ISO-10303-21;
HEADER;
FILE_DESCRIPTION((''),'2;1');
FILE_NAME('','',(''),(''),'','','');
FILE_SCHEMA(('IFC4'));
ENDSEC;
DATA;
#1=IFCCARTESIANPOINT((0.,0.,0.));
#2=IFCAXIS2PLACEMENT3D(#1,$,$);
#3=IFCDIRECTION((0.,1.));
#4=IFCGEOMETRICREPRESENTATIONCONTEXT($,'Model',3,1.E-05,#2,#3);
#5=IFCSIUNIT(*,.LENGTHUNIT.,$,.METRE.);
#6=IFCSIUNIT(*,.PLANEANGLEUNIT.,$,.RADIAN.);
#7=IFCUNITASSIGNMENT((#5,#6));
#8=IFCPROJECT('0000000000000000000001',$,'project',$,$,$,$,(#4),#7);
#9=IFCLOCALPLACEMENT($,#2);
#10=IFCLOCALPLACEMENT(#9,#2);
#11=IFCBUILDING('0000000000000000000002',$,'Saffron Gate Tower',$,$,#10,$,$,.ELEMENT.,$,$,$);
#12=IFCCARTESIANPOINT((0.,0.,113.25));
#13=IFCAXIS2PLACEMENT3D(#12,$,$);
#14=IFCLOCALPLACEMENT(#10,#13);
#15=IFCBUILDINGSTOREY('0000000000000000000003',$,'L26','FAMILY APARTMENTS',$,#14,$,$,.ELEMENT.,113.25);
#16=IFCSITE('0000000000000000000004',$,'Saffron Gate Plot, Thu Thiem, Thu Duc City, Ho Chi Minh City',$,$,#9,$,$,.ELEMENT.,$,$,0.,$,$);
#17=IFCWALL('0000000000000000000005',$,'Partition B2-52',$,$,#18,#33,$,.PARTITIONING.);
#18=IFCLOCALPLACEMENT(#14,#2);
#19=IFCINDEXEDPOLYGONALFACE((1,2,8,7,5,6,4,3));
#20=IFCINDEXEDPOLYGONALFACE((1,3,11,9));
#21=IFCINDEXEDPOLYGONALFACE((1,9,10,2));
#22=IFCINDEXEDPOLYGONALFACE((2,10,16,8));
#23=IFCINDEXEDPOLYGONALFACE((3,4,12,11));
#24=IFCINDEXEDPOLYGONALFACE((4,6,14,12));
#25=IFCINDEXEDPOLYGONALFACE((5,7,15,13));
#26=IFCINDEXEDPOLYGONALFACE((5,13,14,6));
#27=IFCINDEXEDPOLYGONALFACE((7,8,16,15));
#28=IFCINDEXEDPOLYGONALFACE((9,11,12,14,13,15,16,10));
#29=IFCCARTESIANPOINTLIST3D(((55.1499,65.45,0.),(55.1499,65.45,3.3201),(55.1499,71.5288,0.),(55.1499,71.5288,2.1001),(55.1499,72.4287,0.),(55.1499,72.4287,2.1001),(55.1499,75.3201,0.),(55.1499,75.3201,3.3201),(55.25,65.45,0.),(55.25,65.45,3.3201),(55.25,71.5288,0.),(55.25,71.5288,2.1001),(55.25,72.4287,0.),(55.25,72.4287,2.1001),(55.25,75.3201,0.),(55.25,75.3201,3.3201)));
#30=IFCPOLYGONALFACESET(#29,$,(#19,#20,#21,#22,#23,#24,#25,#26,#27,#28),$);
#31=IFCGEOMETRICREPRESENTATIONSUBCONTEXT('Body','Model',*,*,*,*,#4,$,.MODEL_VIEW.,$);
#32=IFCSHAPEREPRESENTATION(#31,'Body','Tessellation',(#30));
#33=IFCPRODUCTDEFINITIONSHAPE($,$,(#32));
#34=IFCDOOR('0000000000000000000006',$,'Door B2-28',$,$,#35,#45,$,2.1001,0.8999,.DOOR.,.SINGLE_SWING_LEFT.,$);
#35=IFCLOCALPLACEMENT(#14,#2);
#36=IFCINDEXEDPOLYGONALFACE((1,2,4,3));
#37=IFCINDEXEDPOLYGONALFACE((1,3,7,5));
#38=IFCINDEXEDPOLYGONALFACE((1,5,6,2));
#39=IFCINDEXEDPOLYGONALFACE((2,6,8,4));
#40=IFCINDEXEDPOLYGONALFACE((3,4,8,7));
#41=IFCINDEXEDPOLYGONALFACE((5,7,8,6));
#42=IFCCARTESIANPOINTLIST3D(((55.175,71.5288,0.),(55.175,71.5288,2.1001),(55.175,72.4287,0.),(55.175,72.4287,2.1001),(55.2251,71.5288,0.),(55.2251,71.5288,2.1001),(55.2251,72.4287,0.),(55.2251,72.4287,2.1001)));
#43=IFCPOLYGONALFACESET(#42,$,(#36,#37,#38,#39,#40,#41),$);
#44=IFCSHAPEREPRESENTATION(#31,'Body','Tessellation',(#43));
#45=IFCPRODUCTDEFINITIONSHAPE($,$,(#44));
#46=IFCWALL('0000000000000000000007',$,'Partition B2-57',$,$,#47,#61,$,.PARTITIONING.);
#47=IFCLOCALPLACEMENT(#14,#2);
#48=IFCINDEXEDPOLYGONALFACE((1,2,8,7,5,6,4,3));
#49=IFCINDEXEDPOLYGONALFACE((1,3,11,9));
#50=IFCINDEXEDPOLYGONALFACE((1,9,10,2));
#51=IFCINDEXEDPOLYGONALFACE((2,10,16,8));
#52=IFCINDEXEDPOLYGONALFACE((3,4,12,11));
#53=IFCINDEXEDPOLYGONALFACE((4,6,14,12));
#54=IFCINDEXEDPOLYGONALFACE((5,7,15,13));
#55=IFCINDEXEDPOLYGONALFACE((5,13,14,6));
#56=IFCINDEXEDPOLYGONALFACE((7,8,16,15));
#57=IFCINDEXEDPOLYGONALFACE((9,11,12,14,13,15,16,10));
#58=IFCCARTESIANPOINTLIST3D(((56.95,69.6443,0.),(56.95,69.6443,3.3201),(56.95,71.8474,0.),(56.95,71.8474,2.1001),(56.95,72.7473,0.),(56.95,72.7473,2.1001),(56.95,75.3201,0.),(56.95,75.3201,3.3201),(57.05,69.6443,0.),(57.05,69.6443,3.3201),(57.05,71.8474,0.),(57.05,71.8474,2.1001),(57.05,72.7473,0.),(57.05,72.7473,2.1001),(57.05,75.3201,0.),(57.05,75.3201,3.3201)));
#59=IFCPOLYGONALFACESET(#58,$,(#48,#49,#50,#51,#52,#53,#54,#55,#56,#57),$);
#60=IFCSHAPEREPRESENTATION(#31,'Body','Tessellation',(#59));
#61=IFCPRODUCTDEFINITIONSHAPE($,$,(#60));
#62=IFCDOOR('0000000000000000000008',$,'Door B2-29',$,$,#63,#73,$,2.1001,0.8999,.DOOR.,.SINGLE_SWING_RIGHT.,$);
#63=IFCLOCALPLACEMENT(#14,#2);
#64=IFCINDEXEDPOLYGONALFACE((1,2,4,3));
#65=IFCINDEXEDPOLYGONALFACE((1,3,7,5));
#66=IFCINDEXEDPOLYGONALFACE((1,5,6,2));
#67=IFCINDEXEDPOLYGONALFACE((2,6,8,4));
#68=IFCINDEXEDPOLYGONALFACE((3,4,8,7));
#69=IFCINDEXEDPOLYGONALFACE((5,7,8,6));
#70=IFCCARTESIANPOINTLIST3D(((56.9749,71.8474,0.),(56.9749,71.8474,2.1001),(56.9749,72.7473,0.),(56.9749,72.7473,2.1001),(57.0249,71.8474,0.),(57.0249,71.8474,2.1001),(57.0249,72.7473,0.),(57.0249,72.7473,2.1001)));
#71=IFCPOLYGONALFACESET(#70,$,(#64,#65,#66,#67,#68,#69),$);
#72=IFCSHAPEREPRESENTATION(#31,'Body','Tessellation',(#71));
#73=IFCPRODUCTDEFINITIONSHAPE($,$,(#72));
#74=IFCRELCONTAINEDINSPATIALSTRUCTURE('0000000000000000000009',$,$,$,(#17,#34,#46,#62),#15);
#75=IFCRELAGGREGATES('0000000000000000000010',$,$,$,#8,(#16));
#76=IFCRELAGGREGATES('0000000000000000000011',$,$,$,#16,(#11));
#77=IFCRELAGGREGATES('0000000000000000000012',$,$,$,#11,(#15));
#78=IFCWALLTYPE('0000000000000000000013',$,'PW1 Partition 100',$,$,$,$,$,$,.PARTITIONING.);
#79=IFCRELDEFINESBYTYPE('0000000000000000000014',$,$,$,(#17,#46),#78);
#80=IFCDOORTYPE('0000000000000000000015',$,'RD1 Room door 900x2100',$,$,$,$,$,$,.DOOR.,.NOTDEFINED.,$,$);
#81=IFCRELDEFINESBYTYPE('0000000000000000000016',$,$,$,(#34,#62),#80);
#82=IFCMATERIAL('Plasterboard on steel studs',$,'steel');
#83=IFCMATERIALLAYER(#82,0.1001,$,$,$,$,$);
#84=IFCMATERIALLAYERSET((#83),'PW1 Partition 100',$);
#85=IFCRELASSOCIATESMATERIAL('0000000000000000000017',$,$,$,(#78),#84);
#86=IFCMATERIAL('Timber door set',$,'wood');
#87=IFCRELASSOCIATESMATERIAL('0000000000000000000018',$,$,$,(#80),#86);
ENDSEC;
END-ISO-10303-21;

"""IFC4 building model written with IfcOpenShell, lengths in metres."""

from ifc_helpers import new_model, si_unit, direction, frame, frame_2d, origin, place, context, subcontext, project, spatial, rectangle, extrude, material, layer, layer_set, type_object, element, fill, save


model = new_model("IFC4")

# Units and contexts
model_context = context("Model", 3, precision=1e-05, world=origin(), true_north=direction((0.0, 1.0)))
body_context = subcontext(model_context, "Body", "Model", "MODEL_VIEW")
ifc_project = project(units=[si_unit("LENGTHUNIT", "METRE"), si_unit("PLANEANGLEUNIT", "RADIAN")], contexts=[model_context])

# Site, building, storey
site_placement = place(None, origin())
site = spatial("IfcSite", under=ifc_project, at=site_placement, Name="Saffron Gate Plot, Thu Thiem, Thu Duc City, Ho Chi Minh City", CompositionType="ELEMENT", RefElevation=0.0)
building_placement = place(site_placement, origin())
building = spatial("IfcBuilding", under=site, at=building_placement, Name="Saffron Gate Tower", CompositionType="ELEMENT")
storey_placement = place(building_placement, frame((0.0, 0.0, 113.25)))
storey = spatial("IfcBuildingStorey", under=building, at=storey_placement, Name="L26", Description="FAMILY APARTMENTS", CompositionType="ELEMENT", Elevation=113.25)

# Shared definitions
ifc_material_1 = material(Name="Plasterboard on steel studs", Category="steel")
ifc_layer_1 = layer(ifc_material_1, 0.1001)
ifc_layer_set_1 = layer_set([ifc_layer_1], Name="PW1 Partition 100")
wall_type_1 = type_object("IfcWallType", Name="PW1 Partition 100", PredefinedType="PARTITIONING", material=ifc_layer_set_1)

# Walls, openings, doors
wall_1_placement = place(storey_placement, frame((55.2, 65.45, 0.0), z_axis=(0.0, 0.0, 1.0), x_axis=(0.0, 1.0, 0.0)))
wall_1 = element("IfcWall", 1, at=wall_1_placement, inside=storey, type_object=wall_type_1, Name="Partition B2-52", PredefinedType="PARTITIONING", context=body_context, shape_type="SweptSolid", body=[
    extrude(rectangle(XDim=9.8701, YDim=0.1001, at=frame_2d((4.9351, 0.0))), origin(), (0.0, 0.0, 1.0), 3.3201),
])
opening_1_placement = place(wall_1_placement, frame((6.0789, 0.0, 0.0)))
opening_1 = element("IfcOpeningElement", 2, at=opening_1_placement, cuts=wall_1, PredefinedType="OPENING", context=body_context, shape_type="SweptSolid", body=[
    extrude(rectangle(XDim=0.8999, YDim=2.1001, at=frame_2d((0.45, 1.05))), frame((0.0, 0.0601, 0.0), z_axis=(0.0, -1.0, 0.0), x_axis=(1.0, 0.0, 0.0)), (0.0, 0.0, 1.0), 0.1201),
])
ifc_material_2 = material(Name="Timber door set", Category="wood")
door_type_1 = type_object("IfcDoorType", Name="RD1 Room door 900x2100", OperationType="NOTDEFINED", PredefinedType="DOOR", material=ifc_material_2)
door_1_placement = place(opening_1_placement, origin())
door_1 = element("IfcDoor", 3, at=door_1_placement, inside=storey, type_object=door_type_1, Name="Door B2-28", OperationType="SINGLE_SWING_LEFT", OverallHeight=2.1001, OverallWidth=0.8999, PredefinedType="DOOR", context=body_context, shape_type="SweptSolid", body=[
    extrude(rectangle(XDim=0.8999, YDim=2.1001, at=frame_2d((0.45, 1.05))), frame((0.0, 0.0249, 0.0), z_axis=(0.0, -1.0, 0.0), x_axis=(1.0, 0.0, 0.0)), (0.0, 0.0, 1.0), 0.05),
])
fill(opening_1, door_1)
wall_2_placement = place(storey_placement, frame((57.0, 75.3201, 0.0), z_axis=(0.0, 0.0, 1.0), x_axis=(0.0, -1.0, 0.0)))
wall_2 = element("IfcWall", 4, at=wall_2_placement, inside=storey, type_object=wall_type_1, Name="Partition B2-57", PredefinedType="PARTITIONING", context=body_context, shape_type="SweptSolid", body=[
    extrude(rectangle(XDim=5.6758, YDim=0.1001, at=frame_2d((2.8379, 0.0))), origin(), (0.0, 0.0, 1.0), 3.3201),
])
opening_2_placement = place(wall_2_placement, frame((2.5728, 0.0, 0.0)))
opening_2 = element("IfcOpeningElement", 5, at=opening_2_placement, cuts=wall_2, PredefinedType="OPENING", context=body_context, shape_type="SweptSolid", body=[
    extrude(rectangle(XDim=0.8999, YDim=2.1001, at=frame_2d((0.45, 1.05))), frame((0.0, 0.0601, 0.0), z_axis=(0.0, -1.0, 0.0), x_axis=(1.0, 0.0, 0.0)), (0.0, 0.0, 1.0), 0.1201),
])
door_2_placement = place(opening_2_placement, origin())
door_2 = element("IfcDoor", 6, at=door_2_placement, inside=storey, type_object=door_type_1, Name="Door B2-29", OperationType="SINGLE_SWING_RIGHT", OverallHeight=2.1001, OverallWidth=0.8999, PredefinedType="DOOR", context=body_context, shape_type="SweptSolid", body=[
    extrude(rectangle(XDim=0.8999, YDim=2.1001, at=frame_2d((0.45, 1.05))), frame((0.0, 0.0249, 0.0), z_axis=(0.0, -1.0, 0.0), x_axis=(1.0, 0.0, 0.0)), (0.0, 0.0, 1.0), 0.05),
])
fill(opening_2, door_2)

save(model, "model.ifc")
